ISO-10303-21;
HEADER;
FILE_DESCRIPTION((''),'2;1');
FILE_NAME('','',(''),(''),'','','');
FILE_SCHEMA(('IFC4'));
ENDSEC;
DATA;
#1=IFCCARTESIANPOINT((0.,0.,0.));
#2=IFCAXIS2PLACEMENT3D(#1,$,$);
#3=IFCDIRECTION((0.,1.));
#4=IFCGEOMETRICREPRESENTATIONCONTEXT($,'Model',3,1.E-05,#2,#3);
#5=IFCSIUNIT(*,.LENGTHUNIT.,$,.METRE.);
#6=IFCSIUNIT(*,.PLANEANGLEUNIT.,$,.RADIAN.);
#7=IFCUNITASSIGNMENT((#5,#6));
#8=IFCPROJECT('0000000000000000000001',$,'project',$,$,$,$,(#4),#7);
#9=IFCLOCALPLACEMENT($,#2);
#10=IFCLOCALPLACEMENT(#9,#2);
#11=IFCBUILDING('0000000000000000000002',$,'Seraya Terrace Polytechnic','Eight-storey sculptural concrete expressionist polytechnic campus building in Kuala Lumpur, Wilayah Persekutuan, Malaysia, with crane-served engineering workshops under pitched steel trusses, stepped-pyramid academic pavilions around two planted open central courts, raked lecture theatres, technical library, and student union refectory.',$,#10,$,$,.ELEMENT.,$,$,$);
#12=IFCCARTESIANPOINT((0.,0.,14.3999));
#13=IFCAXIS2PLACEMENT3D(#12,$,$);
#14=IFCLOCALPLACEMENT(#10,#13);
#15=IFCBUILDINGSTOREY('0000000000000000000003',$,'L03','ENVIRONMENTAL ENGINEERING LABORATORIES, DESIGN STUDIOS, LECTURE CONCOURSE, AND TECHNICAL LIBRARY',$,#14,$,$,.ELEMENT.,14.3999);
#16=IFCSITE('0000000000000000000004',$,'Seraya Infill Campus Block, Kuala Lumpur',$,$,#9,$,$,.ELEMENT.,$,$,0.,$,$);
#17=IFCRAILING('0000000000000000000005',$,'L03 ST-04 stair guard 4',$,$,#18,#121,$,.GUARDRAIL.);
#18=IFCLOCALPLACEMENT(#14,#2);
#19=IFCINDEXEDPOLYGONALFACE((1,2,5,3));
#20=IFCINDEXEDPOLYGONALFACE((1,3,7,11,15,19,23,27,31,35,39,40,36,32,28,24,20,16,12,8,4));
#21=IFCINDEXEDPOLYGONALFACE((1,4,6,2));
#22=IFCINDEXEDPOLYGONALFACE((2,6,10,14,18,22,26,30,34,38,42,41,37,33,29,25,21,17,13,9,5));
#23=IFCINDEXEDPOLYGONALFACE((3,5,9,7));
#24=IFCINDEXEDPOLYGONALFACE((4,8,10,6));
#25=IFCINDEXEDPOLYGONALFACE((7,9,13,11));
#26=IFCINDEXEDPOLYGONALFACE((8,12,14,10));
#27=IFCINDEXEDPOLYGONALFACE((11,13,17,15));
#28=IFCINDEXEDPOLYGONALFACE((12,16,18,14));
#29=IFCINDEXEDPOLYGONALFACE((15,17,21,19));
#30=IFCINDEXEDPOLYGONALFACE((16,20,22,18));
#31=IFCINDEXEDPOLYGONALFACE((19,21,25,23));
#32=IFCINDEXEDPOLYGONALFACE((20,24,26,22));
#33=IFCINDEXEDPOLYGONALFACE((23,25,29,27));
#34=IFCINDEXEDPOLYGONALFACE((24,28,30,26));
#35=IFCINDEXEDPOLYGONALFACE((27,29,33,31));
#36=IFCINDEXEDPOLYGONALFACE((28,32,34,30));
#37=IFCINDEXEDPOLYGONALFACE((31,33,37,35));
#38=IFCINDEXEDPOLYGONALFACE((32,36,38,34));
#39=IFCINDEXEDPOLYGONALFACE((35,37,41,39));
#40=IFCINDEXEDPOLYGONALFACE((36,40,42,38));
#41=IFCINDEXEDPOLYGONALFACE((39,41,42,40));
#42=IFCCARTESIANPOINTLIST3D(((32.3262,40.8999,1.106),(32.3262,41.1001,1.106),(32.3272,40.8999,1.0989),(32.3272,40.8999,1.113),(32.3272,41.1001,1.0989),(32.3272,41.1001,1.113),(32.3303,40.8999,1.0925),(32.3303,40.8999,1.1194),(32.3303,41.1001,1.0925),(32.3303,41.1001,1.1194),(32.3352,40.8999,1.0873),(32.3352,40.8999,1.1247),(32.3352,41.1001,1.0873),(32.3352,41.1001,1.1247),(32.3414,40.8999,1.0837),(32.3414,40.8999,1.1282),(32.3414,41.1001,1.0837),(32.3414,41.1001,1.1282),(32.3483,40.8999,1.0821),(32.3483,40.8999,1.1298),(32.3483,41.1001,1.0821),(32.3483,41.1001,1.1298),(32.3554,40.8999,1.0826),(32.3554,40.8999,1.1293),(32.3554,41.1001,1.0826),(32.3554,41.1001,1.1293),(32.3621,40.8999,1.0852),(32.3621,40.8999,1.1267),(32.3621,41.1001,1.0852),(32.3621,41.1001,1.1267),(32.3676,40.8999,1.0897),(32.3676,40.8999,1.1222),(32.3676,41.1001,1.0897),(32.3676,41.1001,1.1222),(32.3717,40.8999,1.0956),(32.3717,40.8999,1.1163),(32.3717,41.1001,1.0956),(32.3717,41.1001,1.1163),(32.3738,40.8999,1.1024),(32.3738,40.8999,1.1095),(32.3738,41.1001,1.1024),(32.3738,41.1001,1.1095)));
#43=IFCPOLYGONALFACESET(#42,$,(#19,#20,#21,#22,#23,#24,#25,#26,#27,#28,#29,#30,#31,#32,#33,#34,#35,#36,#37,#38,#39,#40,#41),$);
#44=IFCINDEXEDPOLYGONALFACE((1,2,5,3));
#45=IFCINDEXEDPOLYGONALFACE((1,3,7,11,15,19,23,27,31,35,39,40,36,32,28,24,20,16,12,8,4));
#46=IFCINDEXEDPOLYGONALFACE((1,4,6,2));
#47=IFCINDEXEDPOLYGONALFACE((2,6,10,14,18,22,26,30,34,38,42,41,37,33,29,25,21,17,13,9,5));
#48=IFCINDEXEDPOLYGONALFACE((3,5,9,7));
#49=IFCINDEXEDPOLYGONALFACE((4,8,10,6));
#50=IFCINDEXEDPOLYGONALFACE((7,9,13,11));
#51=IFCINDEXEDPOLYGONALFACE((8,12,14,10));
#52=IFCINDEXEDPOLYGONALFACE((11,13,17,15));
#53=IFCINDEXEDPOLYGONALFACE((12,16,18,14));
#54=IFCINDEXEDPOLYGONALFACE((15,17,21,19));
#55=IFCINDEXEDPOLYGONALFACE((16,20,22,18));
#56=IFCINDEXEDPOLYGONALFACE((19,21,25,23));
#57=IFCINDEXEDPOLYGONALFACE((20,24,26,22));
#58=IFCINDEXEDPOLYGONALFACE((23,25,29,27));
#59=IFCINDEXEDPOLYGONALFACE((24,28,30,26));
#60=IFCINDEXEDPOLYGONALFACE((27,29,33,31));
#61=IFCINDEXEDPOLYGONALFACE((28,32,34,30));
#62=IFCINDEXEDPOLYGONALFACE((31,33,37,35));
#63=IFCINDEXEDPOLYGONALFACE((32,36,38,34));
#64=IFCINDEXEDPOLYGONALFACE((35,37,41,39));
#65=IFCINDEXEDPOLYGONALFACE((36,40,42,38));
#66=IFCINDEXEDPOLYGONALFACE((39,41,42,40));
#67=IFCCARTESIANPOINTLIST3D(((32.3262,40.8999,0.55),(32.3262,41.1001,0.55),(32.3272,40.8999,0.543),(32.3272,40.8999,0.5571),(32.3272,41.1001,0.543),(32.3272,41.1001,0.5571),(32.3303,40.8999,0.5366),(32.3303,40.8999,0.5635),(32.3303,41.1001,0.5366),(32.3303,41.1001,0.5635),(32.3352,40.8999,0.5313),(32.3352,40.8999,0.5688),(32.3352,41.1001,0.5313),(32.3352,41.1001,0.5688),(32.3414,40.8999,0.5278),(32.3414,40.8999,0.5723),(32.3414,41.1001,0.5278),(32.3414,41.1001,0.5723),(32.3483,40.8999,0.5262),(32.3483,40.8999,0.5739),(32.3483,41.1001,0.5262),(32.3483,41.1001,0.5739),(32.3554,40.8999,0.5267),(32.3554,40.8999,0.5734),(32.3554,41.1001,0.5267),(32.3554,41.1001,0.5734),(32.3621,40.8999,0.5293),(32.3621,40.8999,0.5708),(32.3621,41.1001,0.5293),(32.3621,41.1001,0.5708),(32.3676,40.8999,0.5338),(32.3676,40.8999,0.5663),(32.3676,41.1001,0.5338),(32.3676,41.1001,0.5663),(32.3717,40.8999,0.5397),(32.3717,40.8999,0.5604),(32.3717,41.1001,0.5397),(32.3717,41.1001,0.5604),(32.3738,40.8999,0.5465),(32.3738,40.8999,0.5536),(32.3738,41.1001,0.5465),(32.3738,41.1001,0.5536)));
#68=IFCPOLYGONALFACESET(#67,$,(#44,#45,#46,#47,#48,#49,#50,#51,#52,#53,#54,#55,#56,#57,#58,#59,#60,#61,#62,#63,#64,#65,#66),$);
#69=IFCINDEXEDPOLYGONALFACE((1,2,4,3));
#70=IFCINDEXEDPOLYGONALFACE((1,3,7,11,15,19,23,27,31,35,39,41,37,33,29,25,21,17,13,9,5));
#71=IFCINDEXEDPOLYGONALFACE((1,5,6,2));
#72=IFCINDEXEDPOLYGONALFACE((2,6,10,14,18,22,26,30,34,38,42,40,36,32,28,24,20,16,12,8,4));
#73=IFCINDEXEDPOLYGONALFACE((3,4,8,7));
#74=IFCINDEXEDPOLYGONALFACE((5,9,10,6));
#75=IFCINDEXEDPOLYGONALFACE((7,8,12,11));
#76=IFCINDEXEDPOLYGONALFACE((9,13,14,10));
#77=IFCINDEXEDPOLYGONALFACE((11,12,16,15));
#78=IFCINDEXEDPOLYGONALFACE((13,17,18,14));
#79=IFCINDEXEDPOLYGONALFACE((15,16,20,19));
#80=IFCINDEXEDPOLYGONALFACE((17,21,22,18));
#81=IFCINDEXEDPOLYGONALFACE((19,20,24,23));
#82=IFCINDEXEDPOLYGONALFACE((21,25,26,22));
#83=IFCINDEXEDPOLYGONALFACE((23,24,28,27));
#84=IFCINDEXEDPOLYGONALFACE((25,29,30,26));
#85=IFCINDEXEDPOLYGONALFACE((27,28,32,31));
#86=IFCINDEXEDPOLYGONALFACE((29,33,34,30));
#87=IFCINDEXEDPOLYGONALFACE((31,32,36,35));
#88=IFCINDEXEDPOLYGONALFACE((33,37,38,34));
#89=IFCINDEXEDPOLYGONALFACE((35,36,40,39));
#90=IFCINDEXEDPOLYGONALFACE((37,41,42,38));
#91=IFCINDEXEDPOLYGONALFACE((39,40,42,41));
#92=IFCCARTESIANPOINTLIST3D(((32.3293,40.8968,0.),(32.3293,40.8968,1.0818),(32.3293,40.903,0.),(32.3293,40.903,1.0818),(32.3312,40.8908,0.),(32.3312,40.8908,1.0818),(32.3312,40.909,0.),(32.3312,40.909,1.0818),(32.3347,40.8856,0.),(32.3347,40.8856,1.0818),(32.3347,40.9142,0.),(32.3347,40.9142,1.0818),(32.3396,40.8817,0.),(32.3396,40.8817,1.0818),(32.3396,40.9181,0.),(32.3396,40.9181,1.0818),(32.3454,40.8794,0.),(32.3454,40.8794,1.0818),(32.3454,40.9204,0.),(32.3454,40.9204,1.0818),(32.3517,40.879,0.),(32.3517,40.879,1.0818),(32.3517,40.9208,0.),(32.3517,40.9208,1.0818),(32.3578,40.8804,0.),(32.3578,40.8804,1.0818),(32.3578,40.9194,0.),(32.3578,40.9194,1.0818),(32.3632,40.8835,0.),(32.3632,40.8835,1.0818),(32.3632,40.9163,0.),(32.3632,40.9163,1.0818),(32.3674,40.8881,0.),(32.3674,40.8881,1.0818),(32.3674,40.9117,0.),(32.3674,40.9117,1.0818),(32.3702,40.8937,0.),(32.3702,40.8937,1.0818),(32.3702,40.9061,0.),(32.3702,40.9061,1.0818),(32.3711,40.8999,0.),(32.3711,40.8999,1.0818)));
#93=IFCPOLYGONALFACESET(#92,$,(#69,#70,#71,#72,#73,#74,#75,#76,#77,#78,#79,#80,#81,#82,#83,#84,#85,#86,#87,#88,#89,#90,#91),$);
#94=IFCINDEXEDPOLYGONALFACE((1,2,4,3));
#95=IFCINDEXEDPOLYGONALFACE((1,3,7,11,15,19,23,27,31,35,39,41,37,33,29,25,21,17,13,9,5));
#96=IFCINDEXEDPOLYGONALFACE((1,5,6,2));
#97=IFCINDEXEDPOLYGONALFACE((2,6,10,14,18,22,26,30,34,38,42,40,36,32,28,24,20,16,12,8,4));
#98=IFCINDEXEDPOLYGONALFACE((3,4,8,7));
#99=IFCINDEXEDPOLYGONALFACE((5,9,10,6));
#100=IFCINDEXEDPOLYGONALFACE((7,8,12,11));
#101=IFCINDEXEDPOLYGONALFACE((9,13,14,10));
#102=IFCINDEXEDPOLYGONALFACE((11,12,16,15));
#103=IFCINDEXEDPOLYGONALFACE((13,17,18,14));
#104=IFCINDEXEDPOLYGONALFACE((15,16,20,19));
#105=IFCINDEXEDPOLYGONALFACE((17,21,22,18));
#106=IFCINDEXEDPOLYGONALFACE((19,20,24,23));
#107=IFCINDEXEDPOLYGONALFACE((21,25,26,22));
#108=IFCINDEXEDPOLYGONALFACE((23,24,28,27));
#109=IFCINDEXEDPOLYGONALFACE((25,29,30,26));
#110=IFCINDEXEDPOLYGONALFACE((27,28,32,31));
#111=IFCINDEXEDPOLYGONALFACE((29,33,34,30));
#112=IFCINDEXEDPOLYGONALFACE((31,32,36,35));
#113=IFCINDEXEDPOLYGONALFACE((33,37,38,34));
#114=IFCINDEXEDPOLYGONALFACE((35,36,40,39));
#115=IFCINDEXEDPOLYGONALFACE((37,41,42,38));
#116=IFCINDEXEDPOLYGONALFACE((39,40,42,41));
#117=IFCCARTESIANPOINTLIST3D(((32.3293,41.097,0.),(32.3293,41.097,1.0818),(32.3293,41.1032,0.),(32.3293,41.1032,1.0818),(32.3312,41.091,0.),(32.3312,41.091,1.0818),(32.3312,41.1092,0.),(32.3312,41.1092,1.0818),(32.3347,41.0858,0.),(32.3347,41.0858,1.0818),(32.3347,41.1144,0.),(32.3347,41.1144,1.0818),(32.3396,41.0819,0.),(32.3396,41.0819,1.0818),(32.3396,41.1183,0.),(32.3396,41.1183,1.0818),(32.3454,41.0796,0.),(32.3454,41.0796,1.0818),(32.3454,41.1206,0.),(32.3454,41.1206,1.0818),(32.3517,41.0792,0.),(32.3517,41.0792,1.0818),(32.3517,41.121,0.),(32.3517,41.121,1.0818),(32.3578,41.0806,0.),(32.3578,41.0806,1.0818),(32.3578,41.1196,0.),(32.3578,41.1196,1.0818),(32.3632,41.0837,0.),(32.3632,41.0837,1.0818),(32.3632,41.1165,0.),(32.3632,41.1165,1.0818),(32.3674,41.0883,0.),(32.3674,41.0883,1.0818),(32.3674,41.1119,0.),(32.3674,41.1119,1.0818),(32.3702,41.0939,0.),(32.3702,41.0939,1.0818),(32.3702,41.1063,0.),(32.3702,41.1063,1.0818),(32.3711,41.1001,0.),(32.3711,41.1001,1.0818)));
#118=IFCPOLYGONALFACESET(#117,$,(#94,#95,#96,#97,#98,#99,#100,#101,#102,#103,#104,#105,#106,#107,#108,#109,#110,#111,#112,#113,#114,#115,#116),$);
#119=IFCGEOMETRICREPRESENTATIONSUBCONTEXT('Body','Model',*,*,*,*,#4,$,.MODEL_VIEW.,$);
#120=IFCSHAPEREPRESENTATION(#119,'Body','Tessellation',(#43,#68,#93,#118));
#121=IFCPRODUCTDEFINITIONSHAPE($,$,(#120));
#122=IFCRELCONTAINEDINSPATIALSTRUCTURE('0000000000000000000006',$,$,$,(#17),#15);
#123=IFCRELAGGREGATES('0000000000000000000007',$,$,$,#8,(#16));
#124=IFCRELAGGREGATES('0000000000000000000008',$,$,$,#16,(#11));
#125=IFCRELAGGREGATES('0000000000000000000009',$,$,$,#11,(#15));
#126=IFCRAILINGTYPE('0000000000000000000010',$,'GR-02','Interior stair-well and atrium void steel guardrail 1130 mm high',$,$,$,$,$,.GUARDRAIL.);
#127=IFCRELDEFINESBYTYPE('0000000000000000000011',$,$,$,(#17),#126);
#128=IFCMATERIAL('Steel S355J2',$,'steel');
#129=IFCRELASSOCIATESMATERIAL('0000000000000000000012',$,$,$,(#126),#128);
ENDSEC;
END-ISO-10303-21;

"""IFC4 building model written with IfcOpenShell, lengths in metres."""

from ifc_helpers import new_model, si_unit, direction, frame, origin, origin_2d, place, context, subcontext, project, spatial, circle, extrude, material, type_object, element, save


model = new_model("IFC4")

# Units and contexts
model_context = context("Model", 3, precision=1e-05, world=origin(), true_north=direction((0.0, 1.0)))
body_context = subcontext(model_context, "Body", "Model", "MODEL_VIEW")
ifc_project = project(units=[si_unit("LENGTHUNIT", "METRE"), si_unit("PLANEANGLEUNIT", "RADIAN")], contexts=[model_context])

# Site, building, storey
site_placement = place(None, origin())
site = spatial("IfcSite", under=ifc_project, at=site_placement, Name="Seraya Infill Campus Block, Kuala Lumpur", CompositionType="ELEMENT", RefElevation=0.0)
building_placement = place(site_placement, origin())
building = spatial("IfcBuilding", under=site, at=building_placement, Name="Seraya Terrace Polytechnic", Description="Eight-storey sculptural concrete expressionist polytechnic campus building in Kuala Lumpur, Wilayah Persekutuan, Malaysia, with crane-served engineering workshops under pitched steel trusses, stepped-pyramid academic pavilions around two planted open central courts, raked lecture theatres, technical library, and student union refectory.", CompositionType="ELEMENT")
storey_placement = place(building_placement, frame((0.0, 0.0, 14.3999)))
storey = spatial("IfcBuildingStorey", under=building, at=storey_placement, Name="L03", Description="ENVIRONMENTAL ENGINEERING LABORATORIES, DESIGN STUDIOS, LECTURE CONCOURSE, AND TECHNICAL LIBRARY", CompositionType="ELEMENT", Elevation=14.3999)

# Shared definitions
ifc_material_1 = material(Name="Steel S355J2", Category="steel")

# Railing
railing_type_1 = type_object("IfcRailingType", Name="GR-02", Description="Interior stair-well and atrium void steel guardrail 1130 mm high", PredefinedType="GUARDRAIL", material=ifc_material_1)
railing_1_placement = place(storey_placement, frame((32.3501, 40.8999, 0.0)))
element("IfcRailing", 1, at=railing_1_placement, inside=storey, type_object=railing_type_1, Name="L03 ST-04 stair guard 4", PredefinedType="GUARDRAIL", context=body_context, shape_type="SweptSolid", body=[
    extrude(circle(Radius=0.0239, at=origin_2d()), frame((0.0, 0.0, 1.106), z_axis=(0.0, 1.0, 0.0), x_axis=(-1.0, 0.0, 0.0)), (0.0, 0.0, 1.0), 0.2002),
    extrude(circle(Radius=0.0239, at=origin_2d()), frame((0.0, 0.0, 0.55), z_axis=(0.0, 1.0, 0.0), x_axis=(-1.0, 0.0, 0.0)), (0.0, 0.0, 1.0), 0.2002),
    extrude(circle(Radius=0.021, at=origin_2d()), origin(), (0.0, 0.0, 1.0), 1.0818),
    extrude(circle(Radius=0.021, at=origin_2d()), frame((0.0, 0.2002, 0.0)), (0.0, 0.0, 1.0), 1.0818),
])

save(model, "model.ifc")
